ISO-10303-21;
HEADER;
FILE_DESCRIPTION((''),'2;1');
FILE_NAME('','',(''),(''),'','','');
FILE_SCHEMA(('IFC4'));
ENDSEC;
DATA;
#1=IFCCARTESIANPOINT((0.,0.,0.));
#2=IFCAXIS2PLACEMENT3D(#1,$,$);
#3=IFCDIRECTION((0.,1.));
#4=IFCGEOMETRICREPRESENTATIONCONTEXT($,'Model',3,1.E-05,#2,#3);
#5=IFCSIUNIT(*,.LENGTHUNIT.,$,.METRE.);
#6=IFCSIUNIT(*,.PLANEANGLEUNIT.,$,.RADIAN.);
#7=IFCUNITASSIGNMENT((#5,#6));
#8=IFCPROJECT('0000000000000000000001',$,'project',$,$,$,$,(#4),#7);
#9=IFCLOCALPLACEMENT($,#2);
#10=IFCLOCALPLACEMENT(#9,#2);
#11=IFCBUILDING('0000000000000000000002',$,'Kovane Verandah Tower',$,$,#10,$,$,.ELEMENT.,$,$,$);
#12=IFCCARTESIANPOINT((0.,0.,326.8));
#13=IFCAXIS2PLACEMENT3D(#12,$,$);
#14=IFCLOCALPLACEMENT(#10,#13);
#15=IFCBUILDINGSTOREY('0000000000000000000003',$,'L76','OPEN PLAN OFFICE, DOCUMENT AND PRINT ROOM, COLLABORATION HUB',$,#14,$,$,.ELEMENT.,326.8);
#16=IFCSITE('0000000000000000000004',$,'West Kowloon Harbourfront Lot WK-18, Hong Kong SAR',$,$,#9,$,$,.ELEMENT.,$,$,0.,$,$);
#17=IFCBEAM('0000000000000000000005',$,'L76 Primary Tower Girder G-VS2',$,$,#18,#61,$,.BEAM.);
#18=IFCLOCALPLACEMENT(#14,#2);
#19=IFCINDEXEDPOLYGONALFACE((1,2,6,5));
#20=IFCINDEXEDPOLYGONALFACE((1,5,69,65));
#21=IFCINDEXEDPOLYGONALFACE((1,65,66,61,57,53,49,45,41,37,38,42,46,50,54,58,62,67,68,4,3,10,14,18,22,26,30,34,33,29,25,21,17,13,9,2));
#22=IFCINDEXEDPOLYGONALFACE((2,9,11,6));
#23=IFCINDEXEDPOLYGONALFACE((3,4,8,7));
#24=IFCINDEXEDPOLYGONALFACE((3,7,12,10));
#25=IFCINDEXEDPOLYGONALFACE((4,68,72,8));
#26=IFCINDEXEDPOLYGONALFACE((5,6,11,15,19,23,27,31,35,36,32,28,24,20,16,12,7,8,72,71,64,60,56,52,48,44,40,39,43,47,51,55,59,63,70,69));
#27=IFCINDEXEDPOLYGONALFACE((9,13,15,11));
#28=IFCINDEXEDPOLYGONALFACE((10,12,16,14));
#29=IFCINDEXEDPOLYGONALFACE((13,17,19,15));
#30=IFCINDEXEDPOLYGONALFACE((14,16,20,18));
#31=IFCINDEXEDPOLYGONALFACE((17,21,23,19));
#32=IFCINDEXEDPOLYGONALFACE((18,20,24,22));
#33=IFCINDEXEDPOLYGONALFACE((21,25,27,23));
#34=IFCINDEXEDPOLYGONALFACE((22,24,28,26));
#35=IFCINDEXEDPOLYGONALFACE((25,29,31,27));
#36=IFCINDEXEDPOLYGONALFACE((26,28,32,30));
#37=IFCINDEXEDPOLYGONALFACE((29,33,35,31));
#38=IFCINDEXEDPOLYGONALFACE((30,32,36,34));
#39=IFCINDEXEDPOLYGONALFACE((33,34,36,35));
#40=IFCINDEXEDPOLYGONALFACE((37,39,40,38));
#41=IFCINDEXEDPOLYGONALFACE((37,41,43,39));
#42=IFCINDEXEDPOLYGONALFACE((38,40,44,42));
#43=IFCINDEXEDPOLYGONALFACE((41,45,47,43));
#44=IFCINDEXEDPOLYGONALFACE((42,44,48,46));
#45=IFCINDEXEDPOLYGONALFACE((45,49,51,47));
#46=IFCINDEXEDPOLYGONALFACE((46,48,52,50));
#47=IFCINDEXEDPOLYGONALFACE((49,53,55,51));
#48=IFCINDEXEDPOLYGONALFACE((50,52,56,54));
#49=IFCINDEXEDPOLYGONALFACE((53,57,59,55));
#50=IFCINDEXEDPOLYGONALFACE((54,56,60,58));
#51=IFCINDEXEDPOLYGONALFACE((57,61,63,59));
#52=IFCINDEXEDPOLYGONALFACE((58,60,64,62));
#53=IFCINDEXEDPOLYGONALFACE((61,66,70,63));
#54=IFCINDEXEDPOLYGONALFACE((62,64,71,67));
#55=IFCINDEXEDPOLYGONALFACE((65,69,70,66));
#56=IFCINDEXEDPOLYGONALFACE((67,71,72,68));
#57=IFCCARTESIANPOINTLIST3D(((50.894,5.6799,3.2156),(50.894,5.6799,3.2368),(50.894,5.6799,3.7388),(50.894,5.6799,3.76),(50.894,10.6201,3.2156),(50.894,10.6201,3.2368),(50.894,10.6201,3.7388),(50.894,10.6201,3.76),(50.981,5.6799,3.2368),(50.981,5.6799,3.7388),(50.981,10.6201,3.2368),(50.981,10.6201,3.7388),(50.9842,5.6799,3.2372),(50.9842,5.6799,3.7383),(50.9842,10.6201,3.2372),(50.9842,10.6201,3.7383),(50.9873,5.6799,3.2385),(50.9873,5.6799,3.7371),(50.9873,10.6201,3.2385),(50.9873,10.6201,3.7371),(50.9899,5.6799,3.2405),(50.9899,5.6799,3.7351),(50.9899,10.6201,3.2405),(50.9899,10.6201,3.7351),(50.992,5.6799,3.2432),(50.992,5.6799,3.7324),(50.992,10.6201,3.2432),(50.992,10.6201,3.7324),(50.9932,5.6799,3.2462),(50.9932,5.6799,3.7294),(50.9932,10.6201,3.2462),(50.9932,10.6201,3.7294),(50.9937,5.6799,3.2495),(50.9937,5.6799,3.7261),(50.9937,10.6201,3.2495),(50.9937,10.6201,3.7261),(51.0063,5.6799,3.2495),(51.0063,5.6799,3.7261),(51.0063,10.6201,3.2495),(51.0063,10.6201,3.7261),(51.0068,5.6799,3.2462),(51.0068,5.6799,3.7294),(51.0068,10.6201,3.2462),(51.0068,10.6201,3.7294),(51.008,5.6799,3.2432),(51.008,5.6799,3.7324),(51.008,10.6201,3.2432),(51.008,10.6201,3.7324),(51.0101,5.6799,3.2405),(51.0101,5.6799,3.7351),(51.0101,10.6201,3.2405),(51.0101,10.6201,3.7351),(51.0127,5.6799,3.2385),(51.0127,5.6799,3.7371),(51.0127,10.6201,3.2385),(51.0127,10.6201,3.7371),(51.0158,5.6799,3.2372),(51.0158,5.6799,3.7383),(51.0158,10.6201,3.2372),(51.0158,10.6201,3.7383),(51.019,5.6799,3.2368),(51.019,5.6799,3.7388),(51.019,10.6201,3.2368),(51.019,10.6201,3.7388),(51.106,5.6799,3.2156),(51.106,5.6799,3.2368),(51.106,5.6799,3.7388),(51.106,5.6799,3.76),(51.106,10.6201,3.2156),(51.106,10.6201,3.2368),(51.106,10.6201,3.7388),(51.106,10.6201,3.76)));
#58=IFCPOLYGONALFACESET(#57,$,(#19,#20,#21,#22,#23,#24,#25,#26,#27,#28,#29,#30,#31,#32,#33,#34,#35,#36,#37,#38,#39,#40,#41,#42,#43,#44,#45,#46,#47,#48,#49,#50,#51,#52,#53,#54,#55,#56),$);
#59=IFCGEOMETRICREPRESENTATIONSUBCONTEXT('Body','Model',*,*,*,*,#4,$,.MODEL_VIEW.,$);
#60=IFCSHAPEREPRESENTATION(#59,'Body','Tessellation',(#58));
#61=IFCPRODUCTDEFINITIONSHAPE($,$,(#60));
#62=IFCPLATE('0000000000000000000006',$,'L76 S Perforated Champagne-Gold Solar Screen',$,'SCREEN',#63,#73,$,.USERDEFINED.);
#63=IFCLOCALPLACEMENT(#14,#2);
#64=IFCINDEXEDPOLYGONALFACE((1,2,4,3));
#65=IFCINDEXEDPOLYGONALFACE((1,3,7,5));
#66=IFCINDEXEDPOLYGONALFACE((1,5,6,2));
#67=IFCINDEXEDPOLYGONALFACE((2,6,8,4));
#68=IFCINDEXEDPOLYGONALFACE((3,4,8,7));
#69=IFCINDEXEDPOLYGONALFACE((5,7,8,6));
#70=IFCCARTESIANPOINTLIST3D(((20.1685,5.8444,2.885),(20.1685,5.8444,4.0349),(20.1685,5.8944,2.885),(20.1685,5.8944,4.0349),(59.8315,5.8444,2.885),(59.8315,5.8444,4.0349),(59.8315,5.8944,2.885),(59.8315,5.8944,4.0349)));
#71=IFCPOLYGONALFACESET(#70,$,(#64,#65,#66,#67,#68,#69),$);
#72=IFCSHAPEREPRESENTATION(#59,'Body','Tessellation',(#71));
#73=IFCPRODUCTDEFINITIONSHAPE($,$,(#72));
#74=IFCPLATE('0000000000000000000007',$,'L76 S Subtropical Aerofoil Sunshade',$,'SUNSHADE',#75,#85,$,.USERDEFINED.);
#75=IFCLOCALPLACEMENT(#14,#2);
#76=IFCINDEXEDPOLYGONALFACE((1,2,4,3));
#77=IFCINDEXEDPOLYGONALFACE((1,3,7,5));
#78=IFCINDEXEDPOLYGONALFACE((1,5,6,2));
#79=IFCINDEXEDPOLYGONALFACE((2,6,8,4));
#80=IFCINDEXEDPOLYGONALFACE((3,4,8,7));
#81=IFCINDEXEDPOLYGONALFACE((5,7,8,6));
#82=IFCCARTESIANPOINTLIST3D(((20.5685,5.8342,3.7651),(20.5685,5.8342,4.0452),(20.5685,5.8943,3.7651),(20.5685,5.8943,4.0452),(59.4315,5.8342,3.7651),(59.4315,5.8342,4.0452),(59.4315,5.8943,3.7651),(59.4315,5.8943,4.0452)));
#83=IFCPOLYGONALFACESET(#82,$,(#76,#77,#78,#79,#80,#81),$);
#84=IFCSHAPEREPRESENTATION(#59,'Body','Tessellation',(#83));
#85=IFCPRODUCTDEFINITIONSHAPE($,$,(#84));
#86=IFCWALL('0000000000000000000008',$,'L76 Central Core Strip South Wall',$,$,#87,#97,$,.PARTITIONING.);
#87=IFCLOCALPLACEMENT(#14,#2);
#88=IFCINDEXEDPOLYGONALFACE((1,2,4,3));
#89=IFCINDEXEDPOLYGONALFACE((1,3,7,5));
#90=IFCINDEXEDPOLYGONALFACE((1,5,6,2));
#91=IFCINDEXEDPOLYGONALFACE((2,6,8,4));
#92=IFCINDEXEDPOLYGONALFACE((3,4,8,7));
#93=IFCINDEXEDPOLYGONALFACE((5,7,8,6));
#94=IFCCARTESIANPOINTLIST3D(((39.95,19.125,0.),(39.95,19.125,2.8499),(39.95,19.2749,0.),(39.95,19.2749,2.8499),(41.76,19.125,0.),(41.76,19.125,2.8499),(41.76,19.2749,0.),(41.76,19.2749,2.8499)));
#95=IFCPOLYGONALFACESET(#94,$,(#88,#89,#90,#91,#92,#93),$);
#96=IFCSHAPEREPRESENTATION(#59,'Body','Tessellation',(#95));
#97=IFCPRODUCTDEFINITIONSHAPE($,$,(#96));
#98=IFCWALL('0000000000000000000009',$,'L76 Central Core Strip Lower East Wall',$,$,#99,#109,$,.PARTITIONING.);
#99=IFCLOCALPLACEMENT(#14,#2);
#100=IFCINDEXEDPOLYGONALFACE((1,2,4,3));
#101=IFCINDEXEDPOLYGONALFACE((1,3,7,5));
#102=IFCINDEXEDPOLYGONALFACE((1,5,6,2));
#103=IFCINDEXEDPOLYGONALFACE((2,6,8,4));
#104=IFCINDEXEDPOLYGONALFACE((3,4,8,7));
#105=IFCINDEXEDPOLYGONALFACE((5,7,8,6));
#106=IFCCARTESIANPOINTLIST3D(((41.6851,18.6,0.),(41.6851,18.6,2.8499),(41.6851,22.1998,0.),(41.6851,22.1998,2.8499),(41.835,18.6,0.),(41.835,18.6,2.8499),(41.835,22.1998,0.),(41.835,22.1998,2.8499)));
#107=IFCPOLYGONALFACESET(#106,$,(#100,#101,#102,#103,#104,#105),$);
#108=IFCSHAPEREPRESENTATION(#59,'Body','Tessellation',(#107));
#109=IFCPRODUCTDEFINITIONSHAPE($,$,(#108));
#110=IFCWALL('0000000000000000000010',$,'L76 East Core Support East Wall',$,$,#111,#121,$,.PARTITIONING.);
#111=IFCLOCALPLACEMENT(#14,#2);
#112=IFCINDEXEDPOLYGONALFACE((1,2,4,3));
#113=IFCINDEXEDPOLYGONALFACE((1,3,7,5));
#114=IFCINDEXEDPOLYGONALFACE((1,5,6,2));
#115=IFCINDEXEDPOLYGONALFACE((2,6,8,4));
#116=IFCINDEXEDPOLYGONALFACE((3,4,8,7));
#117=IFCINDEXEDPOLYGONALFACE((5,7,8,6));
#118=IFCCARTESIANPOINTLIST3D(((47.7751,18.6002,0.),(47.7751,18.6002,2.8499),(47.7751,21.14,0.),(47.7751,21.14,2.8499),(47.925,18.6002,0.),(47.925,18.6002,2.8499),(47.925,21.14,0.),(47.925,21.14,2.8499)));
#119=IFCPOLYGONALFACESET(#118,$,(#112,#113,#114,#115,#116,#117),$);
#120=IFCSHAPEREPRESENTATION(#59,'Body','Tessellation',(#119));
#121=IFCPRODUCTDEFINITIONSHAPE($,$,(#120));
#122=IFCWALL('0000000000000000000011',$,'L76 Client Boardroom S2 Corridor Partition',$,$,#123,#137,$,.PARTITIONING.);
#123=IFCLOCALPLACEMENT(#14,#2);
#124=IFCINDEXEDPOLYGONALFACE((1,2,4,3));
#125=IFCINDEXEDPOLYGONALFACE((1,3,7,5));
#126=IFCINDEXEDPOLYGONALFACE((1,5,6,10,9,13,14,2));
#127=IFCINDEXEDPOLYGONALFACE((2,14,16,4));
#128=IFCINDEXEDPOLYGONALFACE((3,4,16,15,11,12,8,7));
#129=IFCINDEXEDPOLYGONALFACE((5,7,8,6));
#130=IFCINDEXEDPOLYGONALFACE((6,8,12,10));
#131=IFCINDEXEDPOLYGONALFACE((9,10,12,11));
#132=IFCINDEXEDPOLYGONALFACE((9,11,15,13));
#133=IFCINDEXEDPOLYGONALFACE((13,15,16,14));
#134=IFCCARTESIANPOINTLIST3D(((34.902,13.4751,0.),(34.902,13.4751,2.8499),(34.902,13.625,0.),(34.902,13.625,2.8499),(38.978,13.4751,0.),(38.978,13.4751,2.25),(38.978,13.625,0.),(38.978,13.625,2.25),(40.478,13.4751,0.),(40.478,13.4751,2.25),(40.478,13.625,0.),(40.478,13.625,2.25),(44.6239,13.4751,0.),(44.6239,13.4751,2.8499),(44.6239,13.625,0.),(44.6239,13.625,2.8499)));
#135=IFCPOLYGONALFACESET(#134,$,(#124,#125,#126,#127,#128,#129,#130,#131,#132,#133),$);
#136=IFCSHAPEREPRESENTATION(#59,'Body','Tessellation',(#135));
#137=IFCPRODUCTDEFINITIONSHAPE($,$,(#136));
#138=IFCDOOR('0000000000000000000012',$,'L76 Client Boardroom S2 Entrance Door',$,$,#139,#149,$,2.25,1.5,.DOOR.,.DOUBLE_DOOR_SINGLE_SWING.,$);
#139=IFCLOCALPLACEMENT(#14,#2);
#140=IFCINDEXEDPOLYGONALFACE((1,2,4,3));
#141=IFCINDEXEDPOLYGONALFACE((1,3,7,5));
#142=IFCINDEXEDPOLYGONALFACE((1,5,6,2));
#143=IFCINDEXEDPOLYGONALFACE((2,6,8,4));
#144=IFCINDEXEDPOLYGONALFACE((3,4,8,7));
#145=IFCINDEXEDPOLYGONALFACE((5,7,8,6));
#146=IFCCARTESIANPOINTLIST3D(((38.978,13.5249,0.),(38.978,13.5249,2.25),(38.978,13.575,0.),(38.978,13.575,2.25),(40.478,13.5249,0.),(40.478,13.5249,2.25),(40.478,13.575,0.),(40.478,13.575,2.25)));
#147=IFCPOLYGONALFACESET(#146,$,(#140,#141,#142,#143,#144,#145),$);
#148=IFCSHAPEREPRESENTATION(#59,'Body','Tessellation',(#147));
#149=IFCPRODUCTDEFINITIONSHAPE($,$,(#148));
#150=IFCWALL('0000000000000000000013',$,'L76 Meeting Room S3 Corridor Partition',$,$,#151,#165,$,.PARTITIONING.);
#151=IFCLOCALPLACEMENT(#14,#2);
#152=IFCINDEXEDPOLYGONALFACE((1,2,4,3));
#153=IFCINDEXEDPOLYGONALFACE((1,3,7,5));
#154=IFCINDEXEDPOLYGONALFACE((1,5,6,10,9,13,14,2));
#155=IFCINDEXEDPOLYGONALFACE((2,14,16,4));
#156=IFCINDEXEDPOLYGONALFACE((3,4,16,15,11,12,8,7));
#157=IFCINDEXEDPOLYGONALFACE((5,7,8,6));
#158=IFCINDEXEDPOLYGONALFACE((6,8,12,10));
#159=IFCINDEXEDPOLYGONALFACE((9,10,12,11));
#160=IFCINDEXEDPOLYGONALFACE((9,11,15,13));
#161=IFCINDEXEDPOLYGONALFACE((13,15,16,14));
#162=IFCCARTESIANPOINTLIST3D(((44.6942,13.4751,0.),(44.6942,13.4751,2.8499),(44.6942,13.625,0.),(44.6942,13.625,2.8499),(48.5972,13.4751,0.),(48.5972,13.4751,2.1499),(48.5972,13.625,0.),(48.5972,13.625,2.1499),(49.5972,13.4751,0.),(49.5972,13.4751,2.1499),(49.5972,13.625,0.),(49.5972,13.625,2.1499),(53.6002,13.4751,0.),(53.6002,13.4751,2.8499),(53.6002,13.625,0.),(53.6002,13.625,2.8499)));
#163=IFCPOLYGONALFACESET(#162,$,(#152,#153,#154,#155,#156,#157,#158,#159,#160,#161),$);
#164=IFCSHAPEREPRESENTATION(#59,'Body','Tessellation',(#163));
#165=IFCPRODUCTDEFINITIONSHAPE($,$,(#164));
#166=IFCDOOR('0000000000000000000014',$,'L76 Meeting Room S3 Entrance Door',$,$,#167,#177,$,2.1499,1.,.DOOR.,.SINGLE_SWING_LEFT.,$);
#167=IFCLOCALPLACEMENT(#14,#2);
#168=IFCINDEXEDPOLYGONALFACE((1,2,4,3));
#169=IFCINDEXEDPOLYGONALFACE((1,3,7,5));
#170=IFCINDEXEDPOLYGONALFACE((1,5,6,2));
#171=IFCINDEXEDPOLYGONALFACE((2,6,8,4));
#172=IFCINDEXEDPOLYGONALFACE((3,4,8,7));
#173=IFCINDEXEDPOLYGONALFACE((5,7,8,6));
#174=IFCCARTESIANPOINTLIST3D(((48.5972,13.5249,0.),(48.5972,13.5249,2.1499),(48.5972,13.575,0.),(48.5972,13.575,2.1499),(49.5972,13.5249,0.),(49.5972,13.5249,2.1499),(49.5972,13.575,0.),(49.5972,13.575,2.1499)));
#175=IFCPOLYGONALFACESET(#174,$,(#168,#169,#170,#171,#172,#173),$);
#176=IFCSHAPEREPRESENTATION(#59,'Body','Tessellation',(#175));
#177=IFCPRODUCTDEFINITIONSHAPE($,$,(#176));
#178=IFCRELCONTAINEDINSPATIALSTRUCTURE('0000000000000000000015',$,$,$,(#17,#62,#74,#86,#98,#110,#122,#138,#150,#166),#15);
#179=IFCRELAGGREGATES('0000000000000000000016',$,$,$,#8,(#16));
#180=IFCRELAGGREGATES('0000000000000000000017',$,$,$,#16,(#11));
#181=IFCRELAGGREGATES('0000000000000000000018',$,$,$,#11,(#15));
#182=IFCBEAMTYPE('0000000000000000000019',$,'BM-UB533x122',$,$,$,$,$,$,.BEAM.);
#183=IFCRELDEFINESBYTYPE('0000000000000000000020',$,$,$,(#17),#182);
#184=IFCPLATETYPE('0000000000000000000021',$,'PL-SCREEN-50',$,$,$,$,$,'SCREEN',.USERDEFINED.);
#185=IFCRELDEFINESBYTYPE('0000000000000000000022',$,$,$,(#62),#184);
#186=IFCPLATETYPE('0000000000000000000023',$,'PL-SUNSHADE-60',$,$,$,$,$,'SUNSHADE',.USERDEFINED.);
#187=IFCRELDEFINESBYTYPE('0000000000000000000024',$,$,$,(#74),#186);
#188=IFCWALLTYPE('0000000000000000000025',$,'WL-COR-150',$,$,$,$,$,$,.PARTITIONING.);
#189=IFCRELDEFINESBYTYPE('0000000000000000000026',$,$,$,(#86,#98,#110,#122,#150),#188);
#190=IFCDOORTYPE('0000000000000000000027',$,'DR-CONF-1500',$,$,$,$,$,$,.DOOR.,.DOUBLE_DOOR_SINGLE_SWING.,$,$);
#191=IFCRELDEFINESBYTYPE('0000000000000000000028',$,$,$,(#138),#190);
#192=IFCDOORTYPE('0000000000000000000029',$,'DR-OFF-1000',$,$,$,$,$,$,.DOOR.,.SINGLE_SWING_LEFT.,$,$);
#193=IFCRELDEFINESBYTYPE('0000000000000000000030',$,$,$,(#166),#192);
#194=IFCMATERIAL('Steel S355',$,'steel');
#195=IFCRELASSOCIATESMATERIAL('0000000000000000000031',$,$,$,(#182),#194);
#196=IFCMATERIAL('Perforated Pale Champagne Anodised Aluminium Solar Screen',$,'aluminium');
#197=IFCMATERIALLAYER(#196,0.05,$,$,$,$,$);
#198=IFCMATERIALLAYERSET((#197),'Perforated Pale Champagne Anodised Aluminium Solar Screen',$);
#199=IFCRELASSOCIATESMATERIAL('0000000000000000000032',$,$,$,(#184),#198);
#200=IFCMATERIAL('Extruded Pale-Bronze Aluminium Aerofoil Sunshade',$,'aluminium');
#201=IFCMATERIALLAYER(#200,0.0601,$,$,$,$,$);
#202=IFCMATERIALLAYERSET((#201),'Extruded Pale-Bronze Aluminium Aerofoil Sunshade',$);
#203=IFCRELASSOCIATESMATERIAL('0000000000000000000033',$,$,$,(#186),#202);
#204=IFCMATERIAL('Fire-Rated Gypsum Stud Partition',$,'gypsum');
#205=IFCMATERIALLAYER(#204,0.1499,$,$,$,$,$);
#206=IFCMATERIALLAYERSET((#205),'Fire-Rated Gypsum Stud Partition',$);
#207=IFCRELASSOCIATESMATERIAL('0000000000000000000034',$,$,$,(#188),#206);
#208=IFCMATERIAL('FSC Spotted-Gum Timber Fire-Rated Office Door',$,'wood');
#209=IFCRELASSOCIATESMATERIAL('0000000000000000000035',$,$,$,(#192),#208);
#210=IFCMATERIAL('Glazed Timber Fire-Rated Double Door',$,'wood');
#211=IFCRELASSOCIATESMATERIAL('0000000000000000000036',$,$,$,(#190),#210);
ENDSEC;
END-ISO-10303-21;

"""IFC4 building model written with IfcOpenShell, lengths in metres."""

from ifc_helpers import new_model, si_unit, direction, frame, frame_2d, origin, origin_2d, place, context, subcontext, project, spatial, rectangle, i_section, extrude, material, layer, layer_set, material_profile, profile_set, type_object, element, fill, save


model = new_model("IFC4")

# Units and contexts
model_context = context("Model", 3, precision=1e-05, world=origin(), true_north=direction((0.0, 1.0)))
body_context = subcontext(model_context, "Body", "Model", "MODEL_VIEW")
ifc_project = project(units=[si_unit("LENGTHUNIT", "METRE"), si_unit("PLANEANGLEUNIT", "RADIAN")], contexts=[model_context])

# Site, building, storey
site_placement = place(None, origin())
site = spatial("IfcSite", under=ifc_project, at=site_placement, Name="West Kowloon Harbourfront Lot WK-18, Hong Kong SAR", CompositionType="ELEMENT", RefElevation=0.0)
building_placement = place(site_placement, origin())
building = spatial("IfcBuilding", under=site, at=building_placement, Name="Kovane Verandah Tower", CompositionType="ELEMENT")
storey_placement = place(building_placement, frame((0.0, 0.0, 326.8)))
storey = spatial("IfcBuildingStorey", under=building, at=storey_placement, Name="L76", Description="OPEN PLAN OFFICE, DOCUMENT AND PRINT ROOM, COLLABORATION HUB", CompositionType="ELEMENT", Elevation=326.8)

# Beam
ifc_material_1 = material(Name="Steel S355", Category="steel")
ifc_material_profile_1 = material_profile(ifc_material_1, i_section(OverallWidth=0.2119, OverallDepth=0.5444, WebThickness=0.0127, FlangeThickness=0.0212, FilletRadius=0.0127, at=origin_2d()), Name="UB533x210x122")
ifc_profile_set_1 = profile_set([ifc_material_profile_1], Name="Steel S355")
beam_type_1 = type_object("IfcBeamType", Name="BM-UB533x122", PredefinedType="BEAM", material=ifc_profile_set_1)
beam_1_placement = place(storey_placement, frame((51.0, 10.6201, 3.4878), z_axis=(0.0, -1.0, 0.0), x_axis=(1.0, 0.0, 0.0)))
element("IfcBeam", 1, at=beam_1_placement, inside=storey, type_object=beam_type_1, Name="L76 Primary Tower Girder G-VS2", PredefinedType="BEAM", context=body_context, shape_type="SweptSolid", body=[
    extrude(i_section(OverallWidth=0.2119, OverallDepth=0.5444, WebThickness=0.0127, FlangeThickness=0.0212, FilletRadius=0.0127, at=origin_2d()), origin(), (0.0, 0.0, 1.0), 4.9402),
])

# Plates
ifc_material_2 = material(Name="Perforated Pale Champagne Anodised Aluminium Solar Screen", Category="aluminium")
ifc_layer_1 = layer(ifc_material_2, 0.05)
ifc_layer_set_1 = layer_set([ifc_layer_1], Name="Perforated Pale Champagne Anodised Aluminium Solar Screen")
plate_type_1 = type_object("IfcPlateType", Name="PL-SCREEN-50", ElementType="SCREEN", PredefinedType="USERDEFINED", material=ifc_layer_set_1)
plate_1_placement = place(storey_placement, frame((40.0, 5.8694, 2.885), z_axis=(0.0, 0.0, 1.0), x_axis=(1.0, 0.0, 0.0)))
element("IfcPlate", 2, at=plate_1_placement, inside=storey, type_object=plate_type_1, Name="L76 S Perforated Champagne-Gold Solar Screen", ObjectType="SCREEN", PredefinedType="USERDEFINED", context=body_context, shape_type="SweptSolid", body=[
    extrude(rectangle(XDim=39.6631, YDim=0.05, at=origin_2d()), origin(), (0.0, 0.0, 1.0), 1.1499),
])
ifc_material_3 = material(Name="Extruded Pale-Bronze Aluminium Aerofoil Sunshade", Category="aluminium")
ifc_layer_2 = layer(ifc_material_3, 0.0601)
ifc_layer_set_2 = layer_set([ifc_layer_2], Name="Extruded Pale-Bronze Aluminium Aerofoil Sunshade")
plate_type_2 = type_object("IfcPlateType", Name="PL-SUNSHADE-60", ElementType="SUNSHADE", PredefinedType="USERDEFINED", material=ifc_layer_set_2)
plate_2_placement = place(storey_placement, frame((40.0, 5.8643, 3.7651), z_axis=(0.0, 0.0, 1.0), x_axis=(1.0, 0.0, 0.0)))
element("IfcPlate", 3, at=plate_2_placement, inside=storey, type_object=plate_type_2, Name="L76 S Subtropical Aerofoil Sunshade", ObjectType="SUNSHADE", PredefinedType="USERDEFINED", context=body_context, shape_type="SweptSolid", body=[
    extrude(rectangle(XDim=38.863, YDim=0.0601, at=origin_2d()), origin(), (0.0, 0.0, 1.0), 0.28),
])

# Walls
ifc_material_4 = material(Name="Fire-Rated Gypsum Stud Partition", Category="gypsum")
ifc_layer_3 = layer(ifc_material_4, 0.1499)
ifc_layer_set_3 = layer_set([ifc_layer_3], Name="Fire-Rated Gypsum Stud Partition")
wall_type_1 = type_object("IfcWallType", Name="WL-COR-150", PredefinedType="PARTITIONING", material=ifc_layer_set_3)
wall_1_placement = place(storey_placement, frame((39.95, 19.2, 0.0), z_axis=(0.0, 0.0, 1.0), x_axis=(1.0, 0.0, 0.0)))
element("IfcWall", 4, at=wall_1_placement, inside=storey, type_object=wall_type_1, Name="L76 Central Core Strip South Wall", PredefinedType="PARTITIONING", context=body_context, shape_type="SweptSolid", body=[
    extrude(rectangle(XDim=1.8101, YDim=0.1499, at=frame_2d((0.905, 0.0))), origin(), (0.0, 0.0, 1.0), 2.8499),
])
wall_2_placement = place(storey_placement, frame((41.76, 18.6001, 0.0), z_axis=(0.0, 0.0, 1.0), x_axis=(0.0, 1.0, 0.0)))
element("IfcWall", 5, at=wall_2_placement, inside=storey, type_object=wall_type_1, Name="L76 Central Core Strip Lower East Wall", PredefinedType="PARTITIONING", context=body_context, shape_type="SweptSolid", body=[
    extrude(rectangle(XDim=3.5999, YDim=0.1499, at=frame_2d((1.7998, 0.0))), origin(), (0.0, 0.0, 1.0), 2.8499),
])

# Shared definitions
ifc_material_5 = material(Name="FSC Spotted-Gum Timber Fire-Rated Office Door", Category="wood")
door_type_1 = type_object("IfcDoorType", Name="DR-OFF-1000", OperationType="SINGLE_SWING_LEFT", PredefinedType="DOOR", material=ifc_material_5)

# Wall
wall_3_placement = place(storey_placement, frame((47.8501, 18.6001, 0.0), z_axis=(0.0, 0.0, 1.0), x_axis=(0.0, 1.0, 0.0)))
element("IfcWall", 6, at=wall_3_placement, inside=storey, type_object=wall_type_1, Name="L76 East Core Support East Wall", PredefinedType="PARTITIONING", context=body_context, shape_type="SweptSolid", body=[
    extrude(rectangle(XDim=2.5398, YDim=0.1499, at=frame_2d((1.27, 0.0))), origin(), (0.0, 0.0, 1.0), 2.8499),
])

# Walls, openings, doors
wall_4_placement = place(storey_placement, frame((34.9021, 13.55, 0.0), z_axis=(0.0, 0.0, 1.0), x_axis=(1.0, 0.0, 0.0)))
wall_4 = element("IfcWall", 7, at=wall_4_placement, inside=storey, type_object=wall_type_1, Name="L76 Client Boardroom S2 Corridor Partition", PredefinedType="PARTITIONING", context=body_context, shape_type="SweptSolid", body=[
    extrude(rectangle(XDim=9.7219, YDim=0.1499, at=frame_2d((4.8608, 0.0))), origin(), (0.0, 0.0, 1.0), 2.8499),
])
opening_1_placement = place(wall_4_placement, frame((4.0759, 0.0, 0.0)))
opening_1 = element("IfcOpeningElement", 8, at=opening_1_placement, cuts=wall_4, PredefinedType="OPENING", context=body_context, shape_type="SweptSolid", body=[
    extrude(rectangle(XDim=1.5, YDim=2.25, at=frame_2d((0.75, 1.125))), frame((0.0, 0.075, 0.0), z_axis=(0.0, -1.0, 0.0), x_axis=(1.0, 0.0, 0.0)), (0.0, 0.0, 1.0), 0.1499),
])
ifc_material_6 = material(Name="Glazed Timber Fire-Rated Double Door", Category="wood")
door_type_2 = type_object("IfcDoorType", Name="DR-CONF-1500", OperationType="DOUBLE_DOOR_SINGLE_SWING", PredefinedType="DOOR", material=ifc_material_6)
door_1_placement = place(opening_1_placement, origin())
door_1 = element("IfcDoor", 9, at=door_1_placement, inside=storey, type_object=door_type_2, Name="L76 Client Boardroom S2 Entrance Door", OperationType="DOUBLE_DOOR_SINGLE_SWING", OverallHeight=2.25, OverallWidth=1.5, PredefinedType="DOOR", context=body_context, shape_type="SweptSolid", body=[
    extrude(rectangle(XDim=1.5, YDim=2.25, at=frame_2d((0.75, 1.125))), frame((0.0, 0.0249, 0.0), z_axis=(0.0, -1.0, 0.0), x_axis=(1.0, 0.0, 0.0)), (0.0, 0.0, 1.0), 0.05),
])
fill(opening_1, door_1)
wall_5_placement = place(storey_placement, frame((44.6941, 13.55, 0.0), z_axis=(0.0, 0.0, 1.0), x_axis=(1.0, 0.0, 0.0)))
wall_5 = element("IfcWall", 10, at=wall_5_placement, inside=storey, type_object=wall_type_1, Name="L76 Meeting Room S3 Corridor Partition", PredefinedType="PARTITIONING", context=body_context, shape_type="SweptSolid", body=[
    extrude(rectangle(XDim=8.906, YDim=0.1499, at=frame_2d((4.4531, 0.0))), origin(), (0.0, 0.0, 1.0), 2.8499),
])
opening_2_placement = place(wall_5_placement, frame((3.9031, 0.0, 0.0)))
opening_2 = element("IfcOpeningElement", 11, at=opening_2_placement, cuts=wall_5, PredefinedType="OPENING", context=body_context, shape_type="SweptSolid", body=[
    extrude(rectangle(XDim=1.0, YDim=2.1499, at=frame_2d((0.5, 1.075))), frame((0.0, 0.075, 0.0), z_axis=(0.0, -1.0, 0.0), x_axis=(1.0, 0.0, 0.0)), (0.0, 0.0, 1.0), 0.1499),
])
door_2_placement = place(opening_2_placement, origin())
door_2 = element("IfcDoor", 12, at=door_2_placement, inside=storey, type_object=door_type_1, Name="L76 Meeting Room S3 Entrance Door", OperationType="SINGLE_SWING_LEFT", OverallHeight=2.1499, OverallWidth=1.0, PredefinedType="DOOR", context=body_context, shape_type="SweptSolid", body=[
    extrude(rectangle(XDim=1.0, YDim=2.1499, at=frame_2d((0.5, 1.075))), frame((0.0, 0.0249, 0.0), z_axis=(0.0, -1.0, 0.0), x_axis=(1.0, 0.0, 0.0)), (0.0, 0.0, 1.0), 0.05),
])
fill(opening_2, door_2)

save(model, "model.ifc")
